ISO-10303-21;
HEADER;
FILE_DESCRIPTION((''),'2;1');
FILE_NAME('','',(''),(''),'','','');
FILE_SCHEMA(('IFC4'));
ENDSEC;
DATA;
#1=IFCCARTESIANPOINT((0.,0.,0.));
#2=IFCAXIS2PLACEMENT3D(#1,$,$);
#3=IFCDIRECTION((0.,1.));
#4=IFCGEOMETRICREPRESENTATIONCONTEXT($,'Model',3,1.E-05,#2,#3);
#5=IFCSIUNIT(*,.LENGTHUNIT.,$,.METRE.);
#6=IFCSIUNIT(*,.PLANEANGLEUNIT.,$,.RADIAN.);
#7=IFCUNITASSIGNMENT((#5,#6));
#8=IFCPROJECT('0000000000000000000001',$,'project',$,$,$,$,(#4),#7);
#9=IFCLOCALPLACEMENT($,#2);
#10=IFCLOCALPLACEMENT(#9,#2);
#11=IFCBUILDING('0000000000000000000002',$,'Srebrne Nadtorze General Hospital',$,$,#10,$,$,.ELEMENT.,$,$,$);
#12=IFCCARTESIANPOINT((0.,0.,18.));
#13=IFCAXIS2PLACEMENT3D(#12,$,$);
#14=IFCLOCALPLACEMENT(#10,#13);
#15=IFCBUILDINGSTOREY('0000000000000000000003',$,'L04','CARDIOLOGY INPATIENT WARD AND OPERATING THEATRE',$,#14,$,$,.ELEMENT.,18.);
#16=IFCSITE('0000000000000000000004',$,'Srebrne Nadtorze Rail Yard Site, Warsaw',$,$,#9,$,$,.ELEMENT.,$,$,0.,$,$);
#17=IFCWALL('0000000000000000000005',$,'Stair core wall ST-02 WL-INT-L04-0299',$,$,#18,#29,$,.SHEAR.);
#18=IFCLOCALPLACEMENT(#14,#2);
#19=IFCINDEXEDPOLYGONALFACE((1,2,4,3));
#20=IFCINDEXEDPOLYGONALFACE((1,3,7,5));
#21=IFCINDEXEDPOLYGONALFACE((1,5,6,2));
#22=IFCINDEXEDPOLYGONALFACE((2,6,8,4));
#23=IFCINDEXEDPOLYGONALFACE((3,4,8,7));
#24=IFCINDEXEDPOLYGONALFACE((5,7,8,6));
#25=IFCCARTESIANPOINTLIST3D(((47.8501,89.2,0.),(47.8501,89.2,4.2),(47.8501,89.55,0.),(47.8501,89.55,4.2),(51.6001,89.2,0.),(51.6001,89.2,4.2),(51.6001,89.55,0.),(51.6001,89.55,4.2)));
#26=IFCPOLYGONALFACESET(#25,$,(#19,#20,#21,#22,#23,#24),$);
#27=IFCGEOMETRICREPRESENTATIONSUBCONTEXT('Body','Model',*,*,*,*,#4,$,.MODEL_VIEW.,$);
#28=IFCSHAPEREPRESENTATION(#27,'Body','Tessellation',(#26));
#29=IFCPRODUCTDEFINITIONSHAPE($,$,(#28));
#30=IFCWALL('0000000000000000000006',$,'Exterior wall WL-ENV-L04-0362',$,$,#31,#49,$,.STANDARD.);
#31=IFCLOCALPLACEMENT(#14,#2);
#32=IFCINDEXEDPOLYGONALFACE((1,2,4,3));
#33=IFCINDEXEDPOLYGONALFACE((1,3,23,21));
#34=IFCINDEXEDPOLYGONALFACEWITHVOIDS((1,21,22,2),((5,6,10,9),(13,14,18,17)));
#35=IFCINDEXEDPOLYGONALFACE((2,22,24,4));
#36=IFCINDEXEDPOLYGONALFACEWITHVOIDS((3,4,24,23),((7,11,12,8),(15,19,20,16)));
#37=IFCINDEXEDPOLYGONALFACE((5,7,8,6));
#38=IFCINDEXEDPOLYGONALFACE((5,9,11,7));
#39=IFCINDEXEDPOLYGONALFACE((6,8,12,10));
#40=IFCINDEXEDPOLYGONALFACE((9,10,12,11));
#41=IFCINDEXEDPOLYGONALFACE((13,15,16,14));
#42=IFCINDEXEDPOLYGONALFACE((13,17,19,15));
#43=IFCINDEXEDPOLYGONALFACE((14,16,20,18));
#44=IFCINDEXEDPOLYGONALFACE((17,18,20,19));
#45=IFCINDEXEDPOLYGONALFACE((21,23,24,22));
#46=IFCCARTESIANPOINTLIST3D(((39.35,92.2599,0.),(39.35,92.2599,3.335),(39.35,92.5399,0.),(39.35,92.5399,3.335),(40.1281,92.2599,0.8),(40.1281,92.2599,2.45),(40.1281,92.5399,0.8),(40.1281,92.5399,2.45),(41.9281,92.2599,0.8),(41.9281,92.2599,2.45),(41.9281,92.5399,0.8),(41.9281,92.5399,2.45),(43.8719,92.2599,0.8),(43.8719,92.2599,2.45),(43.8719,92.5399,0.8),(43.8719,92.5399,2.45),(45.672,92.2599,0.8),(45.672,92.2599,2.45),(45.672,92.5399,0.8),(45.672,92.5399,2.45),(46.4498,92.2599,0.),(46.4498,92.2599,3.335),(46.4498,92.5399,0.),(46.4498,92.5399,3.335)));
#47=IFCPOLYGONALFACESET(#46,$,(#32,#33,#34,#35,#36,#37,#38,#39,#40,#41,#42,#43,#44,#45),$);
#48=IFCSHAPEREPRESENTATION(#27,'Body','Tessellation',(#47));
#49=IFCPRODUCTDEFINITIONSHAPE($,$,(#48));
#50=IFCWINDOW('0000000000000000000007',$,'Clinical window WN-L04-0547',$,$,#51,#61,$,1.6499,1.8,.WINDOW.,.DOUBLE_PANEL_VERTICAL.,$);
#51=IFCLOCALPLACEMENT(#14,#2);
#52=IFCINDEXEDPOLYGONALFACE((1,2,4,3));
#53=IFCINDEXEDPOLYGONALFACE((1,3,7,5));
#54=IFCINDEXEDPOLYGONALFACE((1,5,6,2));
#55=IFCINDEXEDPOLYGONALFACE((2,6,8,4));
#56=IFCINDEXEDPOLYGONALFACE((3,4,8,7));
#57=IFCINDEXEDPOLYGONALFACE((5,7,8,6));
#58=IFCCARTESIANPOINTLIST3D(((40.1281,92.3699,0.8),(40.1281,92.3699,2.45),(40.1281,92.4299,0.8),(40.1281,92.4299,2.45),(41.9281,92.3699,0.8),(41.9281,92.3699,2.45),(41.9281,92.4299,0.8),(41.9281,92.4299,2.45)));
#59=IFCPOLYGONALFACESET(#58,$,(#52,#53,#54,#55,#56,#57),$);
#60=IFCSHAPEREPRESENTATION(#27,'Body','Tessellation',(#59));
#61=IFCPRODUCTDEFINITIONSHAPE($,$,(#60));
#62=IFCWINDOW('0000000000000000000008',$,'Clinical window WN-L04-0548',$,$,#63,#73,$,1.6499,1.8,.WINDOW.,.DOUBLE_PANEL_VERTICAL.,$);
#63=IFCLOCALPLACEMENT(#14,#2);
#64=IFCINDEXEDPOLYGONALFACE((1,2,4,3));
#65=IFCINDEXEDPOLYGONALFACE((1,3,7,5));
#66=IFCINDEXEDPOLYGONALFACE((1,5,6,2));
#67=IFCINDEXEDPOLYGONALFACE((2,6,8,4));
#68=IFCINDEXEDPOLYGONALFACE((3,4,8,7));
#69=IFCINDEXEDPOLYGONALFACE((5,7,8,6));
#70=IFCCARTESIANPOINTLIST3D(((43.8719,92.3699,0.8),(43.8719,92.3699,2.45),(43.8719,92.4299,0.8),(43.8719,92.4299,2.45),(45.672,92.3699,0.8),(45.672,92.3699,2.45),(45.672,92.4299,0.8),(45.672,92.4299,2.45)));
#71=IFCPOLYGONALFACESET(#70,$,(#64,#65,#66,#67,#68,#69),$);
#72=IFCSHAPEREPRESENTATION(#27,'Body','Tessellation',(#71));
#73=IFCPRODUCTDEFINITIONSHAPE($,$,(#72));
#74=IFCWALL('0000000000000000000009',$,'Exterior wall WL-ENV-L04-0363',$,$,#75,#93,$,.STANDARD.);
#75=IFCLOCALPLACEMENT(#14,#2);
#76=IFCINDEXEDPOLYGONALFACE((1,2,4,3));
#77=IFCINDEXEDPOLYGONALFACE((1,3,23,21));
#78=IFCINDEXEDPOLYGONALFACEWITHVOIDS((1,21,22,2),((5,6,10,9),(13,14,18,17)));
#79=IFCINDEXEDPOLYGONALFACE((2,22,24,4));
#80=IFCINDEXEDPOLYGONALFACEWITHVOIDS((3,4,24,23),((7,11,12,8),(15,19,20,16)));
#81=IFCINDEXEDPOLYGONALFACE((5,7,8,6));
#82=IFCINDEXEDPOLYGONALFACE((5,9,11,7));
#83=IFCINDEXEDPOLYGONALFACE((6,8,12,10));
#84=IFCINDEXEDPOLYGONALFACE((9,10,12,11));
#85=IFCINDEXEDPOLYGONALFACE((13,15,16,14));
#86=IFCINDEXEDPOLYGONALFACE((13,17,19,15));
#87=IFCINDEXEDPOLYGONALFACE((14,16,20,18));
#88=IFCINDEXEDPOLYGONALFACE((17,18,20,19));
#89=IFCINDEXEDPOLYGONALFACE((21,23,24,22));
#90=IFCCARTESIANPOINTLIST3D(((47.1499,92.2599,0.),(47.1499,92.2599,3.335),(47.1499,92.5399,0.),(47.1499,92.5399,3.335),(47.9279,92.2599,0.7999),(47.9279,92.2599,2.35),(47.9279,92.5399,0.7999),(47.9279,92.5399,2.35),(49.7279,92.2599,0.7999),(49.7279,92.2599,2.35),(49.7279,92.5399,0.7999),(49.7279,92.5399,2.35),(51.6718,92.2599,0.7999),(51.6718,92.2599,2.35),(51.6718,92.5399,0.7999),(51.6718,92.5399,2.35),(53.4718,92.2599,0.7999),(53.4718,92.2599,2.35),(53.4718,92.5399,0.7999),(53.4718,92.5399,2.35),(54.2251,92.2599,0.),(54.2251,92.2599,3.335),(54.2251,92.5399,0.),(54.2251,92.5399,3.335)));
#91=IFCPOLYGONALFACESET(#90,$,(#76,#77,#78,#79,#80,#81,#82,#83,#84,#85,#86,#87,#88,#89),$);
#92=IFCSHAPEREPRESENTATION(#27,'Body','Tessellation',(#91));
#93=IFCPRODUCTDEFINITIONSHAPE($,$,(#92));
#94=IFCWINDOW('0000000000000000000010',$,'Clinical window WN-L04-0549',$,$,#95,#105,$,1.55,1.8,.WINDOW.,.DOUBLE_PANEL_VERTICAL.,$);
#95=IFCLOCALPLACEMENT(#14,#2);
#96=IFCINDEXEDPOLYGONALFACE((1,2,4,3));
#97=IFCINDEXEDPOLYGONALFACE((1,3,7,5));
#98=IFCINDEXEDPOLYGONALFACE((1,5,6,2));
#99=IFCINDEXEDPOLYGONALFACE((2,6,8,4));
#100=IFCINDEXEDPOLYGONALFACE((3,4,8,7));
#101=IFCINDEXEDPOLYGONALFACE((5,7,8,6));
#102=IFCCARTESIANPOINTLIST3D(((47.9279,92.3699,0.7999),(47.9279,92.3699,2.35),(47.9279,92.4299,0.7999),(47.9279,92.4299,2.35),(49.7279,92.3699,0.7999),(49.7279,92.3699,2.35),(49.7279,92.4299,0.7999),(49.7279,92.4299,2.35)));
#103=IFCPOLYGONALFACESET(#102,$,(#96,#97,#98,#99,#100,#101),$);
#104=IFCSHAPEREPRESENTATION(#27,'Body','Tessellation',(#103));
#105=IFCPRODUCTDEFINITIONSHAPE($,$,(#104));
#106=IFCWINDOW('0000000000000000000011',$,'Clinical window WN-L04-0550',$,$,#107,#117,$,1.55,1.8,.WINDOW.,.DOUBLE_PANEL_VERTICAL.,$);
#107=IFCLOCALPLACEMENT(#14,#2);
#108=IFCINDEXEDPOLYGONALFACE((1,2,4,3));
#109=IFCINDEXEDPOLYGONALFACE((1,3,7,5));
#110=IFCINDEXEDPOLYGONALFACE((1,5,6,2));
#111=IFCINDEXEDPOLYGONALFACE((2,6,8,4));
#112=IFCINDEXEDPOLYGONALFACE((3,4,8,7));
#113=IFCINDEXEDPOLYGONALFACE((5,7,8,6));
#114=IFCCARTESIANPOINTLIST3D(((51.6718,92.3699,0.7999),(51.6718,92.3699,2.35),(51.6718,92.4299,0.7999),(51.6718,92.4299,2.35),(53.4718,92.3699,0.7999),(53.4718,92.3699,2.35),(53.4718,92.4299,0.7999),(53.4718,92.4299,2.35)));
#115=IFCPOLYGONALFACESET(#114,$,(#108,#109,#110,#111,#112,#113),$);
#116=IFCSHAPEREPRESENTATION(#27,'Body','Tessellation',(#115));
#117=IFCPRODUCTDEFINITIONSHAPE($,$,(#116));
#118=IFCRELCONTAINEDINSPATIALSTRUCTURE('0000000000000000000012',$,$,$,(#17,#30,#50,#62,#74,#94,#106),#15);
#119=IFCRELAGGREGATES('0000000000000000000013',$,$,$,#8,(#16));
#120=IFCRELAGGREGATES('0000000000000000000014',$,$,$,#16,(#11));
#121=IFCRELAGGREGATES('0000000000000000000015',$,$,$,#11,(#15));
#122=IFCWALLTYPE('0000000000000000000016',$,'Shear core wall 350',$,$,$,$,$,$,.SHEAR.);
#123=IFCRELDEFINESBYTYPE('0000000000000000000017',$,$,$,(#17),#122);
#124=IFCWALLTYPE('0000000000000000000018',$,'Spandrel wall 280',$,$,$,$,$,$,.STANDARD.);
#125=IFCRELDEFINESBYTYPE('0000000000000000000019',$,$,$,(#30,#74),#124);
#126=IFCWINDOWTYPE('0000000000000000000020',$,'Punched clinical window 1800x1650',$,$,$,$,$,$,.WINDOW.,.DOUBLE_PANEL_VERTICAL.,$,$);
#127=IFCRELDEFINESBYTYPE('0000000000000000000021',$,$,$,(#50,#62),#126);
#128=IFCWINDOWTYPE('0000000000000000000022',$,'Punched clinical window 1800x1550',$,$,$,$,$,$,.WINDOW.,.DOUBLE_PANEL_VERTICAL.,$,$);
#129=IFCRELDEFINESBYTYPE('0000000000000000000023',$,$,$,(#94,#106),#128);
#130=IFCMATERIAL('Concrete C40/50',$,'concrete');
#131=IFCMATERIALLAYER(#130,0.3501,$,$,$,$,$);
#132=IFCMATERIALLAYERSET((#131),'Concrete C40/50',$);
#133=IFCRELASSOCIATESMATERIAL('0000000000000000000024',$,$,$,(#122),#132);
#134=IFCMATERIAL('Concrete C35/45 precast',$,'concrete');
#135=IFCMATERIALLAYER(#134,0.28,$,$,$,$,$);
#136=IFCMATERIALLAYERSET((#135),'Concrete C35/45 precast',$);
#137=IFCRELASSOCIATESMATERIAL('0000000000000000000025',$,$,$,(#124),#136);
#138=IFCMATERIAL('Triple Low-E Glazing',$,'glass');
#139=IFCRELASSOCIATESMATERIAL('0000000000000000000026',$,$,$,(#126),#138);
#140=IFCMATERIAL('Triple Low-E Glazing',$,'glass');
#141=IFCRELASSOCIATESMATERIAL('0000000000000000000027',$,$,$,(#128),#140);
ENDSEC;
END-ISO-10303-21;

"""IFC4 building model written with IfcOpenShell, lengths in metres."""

from ifc_helpers import new_model, si_unit, direction, frame, frame_2d, origin, place, context, subcontext, project, spatial, rectangle, extrude, material, layer, layer_set, type_object, element, fill, save


model = new_model("IFC4")

# Units and contexts
model_context = context("Model", 3, precision=1e-05, world=origin(), true_north=direction((0.0, 1.0)))
body_context = subcontext(model_context, "Body", "Model", "MODEL_VIEW")
ifc_project = project(units=[si_unit("LENGTHUNIT", "METRE"), si_unit("PLANEANGLEUNIT", "RADIAN")], contexts=[model_context])

# Site, building, storey
site_placement = place(None, origin())
site = spatial("IfcSite", under=ifc_project, at=site_placement, Name="Srebrne Nadtorze Rail Yard Site, Warsaw", CompositionType="ELEMENT", RefElevation=0.0)
building_placement = place(site_placement, origin())
building = spatial("IfcBuilding", under=site, at=building_placement, Name="Srebrne Nadtorze General Hospital", CompositionType="ELEMENT")
storey_placement = place(building_placement, frame((0.0, 0.0, 18.0)))
storey = spatial("IfcBuildingStorey", under=building, at=storey_placement, Name="L04", Description="CARDIOLOGY INPATIENT WARD AND OPERATING THEATRE", CompositionType="ELEMENT", Elevation=18.0)

# Wall
ifc_material_1 = material(Name="Concrete C40/50", Category="concrete")
ifc_layer_1 = layer(ifc_material_1, 0.3501)
ifc_layer_set_1 = layer_set([ifc_layer_1], Name="Concrete C40/50")
wall_type_1 = type_object("IfcWallType", Name="Shear core wall 350", PredefinedType="SHEAR", material=ifc_layer_set_1)
wall_1_placement = place(storey_placement, frame((47.8501, 89.375, 0.0), z_axis=(0.0, 0.0, 1.0), x_axis=(1.0, 0.0, 0.0)))
element("IfcWall", 1, at=wall_1_placement, inside=storey, type_object=wall_type_1, Name="Stair core wall ST-02 WL-INT-L04-0299", PredefinedType="SHEAR", context=body_context, shape_type="SweptSolid", body=[
    extrude(rectangle(XDim=3.75, YDim=0.3501, at=frame_2d((1.875, 0.0))), origin(), (0.0, 0.0, 1.0), 4.2),
])

# Walls, openings, windows
ifc_material_2 = material(Name="Concrete C35/45 precast", Category="concrete")
ifc_layer_2 = layer(ifc_material_2, 0.28)
ifc_layer_set_2 = layer_set([ifc_layer_2], Name="Concrete C35/45 precast")
wall_type_2 = type_object("IfcWallType", Name="Spandrel wall 280", PredefinedType="STANDARD", material=ifc_layer_set_2)
wall_2_placement = place(storey_placement, frame((39.3501, 92.3999, 0.0), z_axis=(0.0, 0.0, 1.0), x_axis=(1.0, 0.0, 0.0)))
wall_2 = element("IfcWall", 2, at=wall_2_placement, inside=storey, type_object=wall_type_2, Name="Exterior wall WL-ENV-L04-0362", PredefinedType="STANDARD", context=body_context, shape_type="SweptSolid", body=[
    extrude(rectangle(XDim=7.0999, YDim=0.28, at=frame_2d((3.5498, 0.0))), origin(), (0.0, 0.0, 1.0), 3.335),
])
opening_1_placement = place(wall_2_placement, frame((0.7781, 0.0, 0.8)))
opening_1 = element("IfcOpeningElement", 3, at=opening_1_placement, cuts=wall_2, PredefinedType="OPENING", context=body_context, shape_type="SweptSolid", body=[
    extrude(rectangle(XDim=1.8, YDim=1.6499, at=frame_2d((0.8999, 0.825))), frame((0.0, 0.1519, 0.0), z_axis=(0.0, -1.0, 0.0), x_axis=(1.0, 0.0, 0.0)), (0.0, 0.0, 1.0), 0.304),
])
opening_2_placement = place(wall_2_placement, frame((4.522, 0.0, 0.8)))
opening_2 = element("IfcOpeningElement", 4, at=opening_2_placement, cuts=wall_2, PredefinedType="OPENING", context=body_context, shape_type="SweptSolid", body=[
    extrude(rectangle(XDim=1.8, YDim=1.6499, at=frame_2d((0.8999, 0.825))), frame((0.0, 0.1519, 0.0), z_axis=(0.0, -1.0, 0.0), x_axis=(1.0, 0.0, 0.0)), (0.0, 0.0, 1.0), 0.304),
])
ifc_material_3 = material(Name="Triple Low-E Glazing", Category="glass")
window_type_1 = type_object("IfcWindowType", Name="Punched clinical window 1800x1650", PartitioningType="DOUBLE_PANEL_VERTICAL", PredefinedType="WINDOW", material=ifc_material_3)
window_1_placement = place(opening_1_placement, origin())
window_1 = element("IfcWindow", 5, at=window_1_placement, inside=storey, type_object=window_type_1, Name="Clinical window WN-L04-0547", OverallHeight=1.6499, OverallWidth=1.8, PartitioningType="DOUBLE_PANEL_VERTICAL", PredefinedType="WINDOW", context=body_context, shape_type="SweptSolid", body=[
    extrude(rectangle(XDim=1.8, YDim=1.6499, at=frame_2d((0.8999, 0.825))), frame((0.0, 0.03, 0.0), z_axis=(0.0, -1.0, 0.0), x_axis=(1.0, 0.0, 0.0)), (0.0, 0.0, 1.0), 0.0601),
])
fill(opening_1, window_1)
window_2_placement = place(opening_2_placement, origin())
window_2 = element("IfcWindow", 6, at=window_2_placement, inside=storey, type_object=window_type_1, Name="Clinical window WN-L04-0548", OverallHeight=1.6499, OverallWidth=1.8, PartitioningType="DOUBLE_PANEL_VERTICAL", PredefinedType="WINDOW", context=body_context, shape_type="SweptSolid", body=[
    extrude(rectangle(XDim=1.8, YDim=1.6499, at=frame_2d((0.8999, 0.825))), frame((0.0, 0.03, 0.0), z_axis=(0.0, -1.0, 0.0), x_axis=(1.0, 0.0, 0.0)), (0.0, 0.0, 1.0), 0.0601),
])
fill(opening_2, window_2)
wall_3_placement = place(storey_placement, frame((47.1499, 92.3999, 0.0), z_axis=(0.0, 0.0, 1.0), x_axis=(1.0, 0.0, 0.0)))
wall_3 = element("IfcWall", 7, at=wall_3_placement, inside=storey, type_object=wall_type_2, Name="Exterior wall WL-ENV-L04-0363", PredefinedType="STANDARD", context=body_context, shape_type="SweptSolid", body=[
    extrude(rectangle(XDim=7.0752, YDim=0.28, at=frame_2d((3.5376, 0.0))), origin(), (0.0, 0.0, 1.0), 3.335),
])
opening_3_placement = place(wall_3_placement, frame((0.7781, 0.0, 0.8)))
opening_3 = element("IfcOpeningElement", 8, at=opening_3_placement, cuts=wall_3, PredefinedType="OPENING", context=body_context, shape_type="SweptSolid", body=[
    extrude(rectangle(XDim=1.8, YDim=1.55, at=frame_2d((0.8999, 0.7749))), frame((0.0, 0.1519, 0.0), z_axis=(0.0, -1.0, 0.0), x_axis=(1.0, 0.0, 0.0)), (0.0, 0.0, 1.0), 0.304),
])
opening_4_placement = place(wall_3_placement, frame((4.522, 0.0, 0.8)))
opening_4 = element("IfcOpeningElement", 9, at=opening_4_placement, cuts=wall_3, PredefinedType="OPENING", context=body_context, shape_type="SweptSolid", body=[
    extrude(rectangle(XDim=1.8, YDim=1.55, at=frame_2d((0.8999, 0.7749))), frame((0.0, 0.1519, 0.0), z_axis=(0.0, -1.0, 0.0), x_axis=(1.0, 0.0, 0.0)), (0.0, 0.0, 1.0), 0.304),
])
ifc_material_4 = material(Name="Triple Low-E Glazing", Category="glass")
window_type_2 = type_object("IfcWindowType", Name="Punched clinical window 1800x1550", PartitioningType="DOUBLE_PANEL_VERTICAL", PredefinedType="WINDOW", material=ifc_material_4)
window_3_placement = place(opening_3_placement, origin())
window_3 = element("IfcWindow", 10, at=window_3_placement, inside=storey, type_object=window_type_2, Name="Clinical window WN-L04-0549", OverallHeight=1.55, OverallWidth=1.8, PartitioningType="DOUBLE_PANEL_VERTICAL", PredefinedType="WINDOW", context=body_context, shape_type="SweptSolid", body=[
    extrude(rectangle(XDim=1.8, YDim=1.55, at=frame_2d((0.8999, 0.7749))), frame((0.0, 0.03, 0.0), z_axis=(0.0, -1.0, 0.0), x_axis=(1.0, 0.0, 0.0)), (0.0, 0.0, 1.0), 0.0601),
])
fill(opening_3, window_3)
window_4_placement = place(opening_4_placement, origin())
window_4 = element("IfcWindow", 11, at=window_4_placement, inside=storey, type_object=window_type_2, Name="Clinical window WN-L04-0550", OverallHeight=1.55, OverallWidth=1.8, PartitioningType="DOUBLE_PANEL_VERTICAL", PredefinedType="WINDOW", context=body_context, shape_type="SweptSolid", body=[
    extrude(rectangle(XDim=1.8, YDim=1.55, at=frame_2d((0.8999, 0.7749))), frame((0.0, 0.03, 0.0), z_axis=(0.0, -1.0, 0.0), x_axis=(1.0, 0.0, 0.0)), (0.0, 0.0, 1.0), 0.0601),
])
fill(opening_4, window_4)

save(model, "model.ifc")
